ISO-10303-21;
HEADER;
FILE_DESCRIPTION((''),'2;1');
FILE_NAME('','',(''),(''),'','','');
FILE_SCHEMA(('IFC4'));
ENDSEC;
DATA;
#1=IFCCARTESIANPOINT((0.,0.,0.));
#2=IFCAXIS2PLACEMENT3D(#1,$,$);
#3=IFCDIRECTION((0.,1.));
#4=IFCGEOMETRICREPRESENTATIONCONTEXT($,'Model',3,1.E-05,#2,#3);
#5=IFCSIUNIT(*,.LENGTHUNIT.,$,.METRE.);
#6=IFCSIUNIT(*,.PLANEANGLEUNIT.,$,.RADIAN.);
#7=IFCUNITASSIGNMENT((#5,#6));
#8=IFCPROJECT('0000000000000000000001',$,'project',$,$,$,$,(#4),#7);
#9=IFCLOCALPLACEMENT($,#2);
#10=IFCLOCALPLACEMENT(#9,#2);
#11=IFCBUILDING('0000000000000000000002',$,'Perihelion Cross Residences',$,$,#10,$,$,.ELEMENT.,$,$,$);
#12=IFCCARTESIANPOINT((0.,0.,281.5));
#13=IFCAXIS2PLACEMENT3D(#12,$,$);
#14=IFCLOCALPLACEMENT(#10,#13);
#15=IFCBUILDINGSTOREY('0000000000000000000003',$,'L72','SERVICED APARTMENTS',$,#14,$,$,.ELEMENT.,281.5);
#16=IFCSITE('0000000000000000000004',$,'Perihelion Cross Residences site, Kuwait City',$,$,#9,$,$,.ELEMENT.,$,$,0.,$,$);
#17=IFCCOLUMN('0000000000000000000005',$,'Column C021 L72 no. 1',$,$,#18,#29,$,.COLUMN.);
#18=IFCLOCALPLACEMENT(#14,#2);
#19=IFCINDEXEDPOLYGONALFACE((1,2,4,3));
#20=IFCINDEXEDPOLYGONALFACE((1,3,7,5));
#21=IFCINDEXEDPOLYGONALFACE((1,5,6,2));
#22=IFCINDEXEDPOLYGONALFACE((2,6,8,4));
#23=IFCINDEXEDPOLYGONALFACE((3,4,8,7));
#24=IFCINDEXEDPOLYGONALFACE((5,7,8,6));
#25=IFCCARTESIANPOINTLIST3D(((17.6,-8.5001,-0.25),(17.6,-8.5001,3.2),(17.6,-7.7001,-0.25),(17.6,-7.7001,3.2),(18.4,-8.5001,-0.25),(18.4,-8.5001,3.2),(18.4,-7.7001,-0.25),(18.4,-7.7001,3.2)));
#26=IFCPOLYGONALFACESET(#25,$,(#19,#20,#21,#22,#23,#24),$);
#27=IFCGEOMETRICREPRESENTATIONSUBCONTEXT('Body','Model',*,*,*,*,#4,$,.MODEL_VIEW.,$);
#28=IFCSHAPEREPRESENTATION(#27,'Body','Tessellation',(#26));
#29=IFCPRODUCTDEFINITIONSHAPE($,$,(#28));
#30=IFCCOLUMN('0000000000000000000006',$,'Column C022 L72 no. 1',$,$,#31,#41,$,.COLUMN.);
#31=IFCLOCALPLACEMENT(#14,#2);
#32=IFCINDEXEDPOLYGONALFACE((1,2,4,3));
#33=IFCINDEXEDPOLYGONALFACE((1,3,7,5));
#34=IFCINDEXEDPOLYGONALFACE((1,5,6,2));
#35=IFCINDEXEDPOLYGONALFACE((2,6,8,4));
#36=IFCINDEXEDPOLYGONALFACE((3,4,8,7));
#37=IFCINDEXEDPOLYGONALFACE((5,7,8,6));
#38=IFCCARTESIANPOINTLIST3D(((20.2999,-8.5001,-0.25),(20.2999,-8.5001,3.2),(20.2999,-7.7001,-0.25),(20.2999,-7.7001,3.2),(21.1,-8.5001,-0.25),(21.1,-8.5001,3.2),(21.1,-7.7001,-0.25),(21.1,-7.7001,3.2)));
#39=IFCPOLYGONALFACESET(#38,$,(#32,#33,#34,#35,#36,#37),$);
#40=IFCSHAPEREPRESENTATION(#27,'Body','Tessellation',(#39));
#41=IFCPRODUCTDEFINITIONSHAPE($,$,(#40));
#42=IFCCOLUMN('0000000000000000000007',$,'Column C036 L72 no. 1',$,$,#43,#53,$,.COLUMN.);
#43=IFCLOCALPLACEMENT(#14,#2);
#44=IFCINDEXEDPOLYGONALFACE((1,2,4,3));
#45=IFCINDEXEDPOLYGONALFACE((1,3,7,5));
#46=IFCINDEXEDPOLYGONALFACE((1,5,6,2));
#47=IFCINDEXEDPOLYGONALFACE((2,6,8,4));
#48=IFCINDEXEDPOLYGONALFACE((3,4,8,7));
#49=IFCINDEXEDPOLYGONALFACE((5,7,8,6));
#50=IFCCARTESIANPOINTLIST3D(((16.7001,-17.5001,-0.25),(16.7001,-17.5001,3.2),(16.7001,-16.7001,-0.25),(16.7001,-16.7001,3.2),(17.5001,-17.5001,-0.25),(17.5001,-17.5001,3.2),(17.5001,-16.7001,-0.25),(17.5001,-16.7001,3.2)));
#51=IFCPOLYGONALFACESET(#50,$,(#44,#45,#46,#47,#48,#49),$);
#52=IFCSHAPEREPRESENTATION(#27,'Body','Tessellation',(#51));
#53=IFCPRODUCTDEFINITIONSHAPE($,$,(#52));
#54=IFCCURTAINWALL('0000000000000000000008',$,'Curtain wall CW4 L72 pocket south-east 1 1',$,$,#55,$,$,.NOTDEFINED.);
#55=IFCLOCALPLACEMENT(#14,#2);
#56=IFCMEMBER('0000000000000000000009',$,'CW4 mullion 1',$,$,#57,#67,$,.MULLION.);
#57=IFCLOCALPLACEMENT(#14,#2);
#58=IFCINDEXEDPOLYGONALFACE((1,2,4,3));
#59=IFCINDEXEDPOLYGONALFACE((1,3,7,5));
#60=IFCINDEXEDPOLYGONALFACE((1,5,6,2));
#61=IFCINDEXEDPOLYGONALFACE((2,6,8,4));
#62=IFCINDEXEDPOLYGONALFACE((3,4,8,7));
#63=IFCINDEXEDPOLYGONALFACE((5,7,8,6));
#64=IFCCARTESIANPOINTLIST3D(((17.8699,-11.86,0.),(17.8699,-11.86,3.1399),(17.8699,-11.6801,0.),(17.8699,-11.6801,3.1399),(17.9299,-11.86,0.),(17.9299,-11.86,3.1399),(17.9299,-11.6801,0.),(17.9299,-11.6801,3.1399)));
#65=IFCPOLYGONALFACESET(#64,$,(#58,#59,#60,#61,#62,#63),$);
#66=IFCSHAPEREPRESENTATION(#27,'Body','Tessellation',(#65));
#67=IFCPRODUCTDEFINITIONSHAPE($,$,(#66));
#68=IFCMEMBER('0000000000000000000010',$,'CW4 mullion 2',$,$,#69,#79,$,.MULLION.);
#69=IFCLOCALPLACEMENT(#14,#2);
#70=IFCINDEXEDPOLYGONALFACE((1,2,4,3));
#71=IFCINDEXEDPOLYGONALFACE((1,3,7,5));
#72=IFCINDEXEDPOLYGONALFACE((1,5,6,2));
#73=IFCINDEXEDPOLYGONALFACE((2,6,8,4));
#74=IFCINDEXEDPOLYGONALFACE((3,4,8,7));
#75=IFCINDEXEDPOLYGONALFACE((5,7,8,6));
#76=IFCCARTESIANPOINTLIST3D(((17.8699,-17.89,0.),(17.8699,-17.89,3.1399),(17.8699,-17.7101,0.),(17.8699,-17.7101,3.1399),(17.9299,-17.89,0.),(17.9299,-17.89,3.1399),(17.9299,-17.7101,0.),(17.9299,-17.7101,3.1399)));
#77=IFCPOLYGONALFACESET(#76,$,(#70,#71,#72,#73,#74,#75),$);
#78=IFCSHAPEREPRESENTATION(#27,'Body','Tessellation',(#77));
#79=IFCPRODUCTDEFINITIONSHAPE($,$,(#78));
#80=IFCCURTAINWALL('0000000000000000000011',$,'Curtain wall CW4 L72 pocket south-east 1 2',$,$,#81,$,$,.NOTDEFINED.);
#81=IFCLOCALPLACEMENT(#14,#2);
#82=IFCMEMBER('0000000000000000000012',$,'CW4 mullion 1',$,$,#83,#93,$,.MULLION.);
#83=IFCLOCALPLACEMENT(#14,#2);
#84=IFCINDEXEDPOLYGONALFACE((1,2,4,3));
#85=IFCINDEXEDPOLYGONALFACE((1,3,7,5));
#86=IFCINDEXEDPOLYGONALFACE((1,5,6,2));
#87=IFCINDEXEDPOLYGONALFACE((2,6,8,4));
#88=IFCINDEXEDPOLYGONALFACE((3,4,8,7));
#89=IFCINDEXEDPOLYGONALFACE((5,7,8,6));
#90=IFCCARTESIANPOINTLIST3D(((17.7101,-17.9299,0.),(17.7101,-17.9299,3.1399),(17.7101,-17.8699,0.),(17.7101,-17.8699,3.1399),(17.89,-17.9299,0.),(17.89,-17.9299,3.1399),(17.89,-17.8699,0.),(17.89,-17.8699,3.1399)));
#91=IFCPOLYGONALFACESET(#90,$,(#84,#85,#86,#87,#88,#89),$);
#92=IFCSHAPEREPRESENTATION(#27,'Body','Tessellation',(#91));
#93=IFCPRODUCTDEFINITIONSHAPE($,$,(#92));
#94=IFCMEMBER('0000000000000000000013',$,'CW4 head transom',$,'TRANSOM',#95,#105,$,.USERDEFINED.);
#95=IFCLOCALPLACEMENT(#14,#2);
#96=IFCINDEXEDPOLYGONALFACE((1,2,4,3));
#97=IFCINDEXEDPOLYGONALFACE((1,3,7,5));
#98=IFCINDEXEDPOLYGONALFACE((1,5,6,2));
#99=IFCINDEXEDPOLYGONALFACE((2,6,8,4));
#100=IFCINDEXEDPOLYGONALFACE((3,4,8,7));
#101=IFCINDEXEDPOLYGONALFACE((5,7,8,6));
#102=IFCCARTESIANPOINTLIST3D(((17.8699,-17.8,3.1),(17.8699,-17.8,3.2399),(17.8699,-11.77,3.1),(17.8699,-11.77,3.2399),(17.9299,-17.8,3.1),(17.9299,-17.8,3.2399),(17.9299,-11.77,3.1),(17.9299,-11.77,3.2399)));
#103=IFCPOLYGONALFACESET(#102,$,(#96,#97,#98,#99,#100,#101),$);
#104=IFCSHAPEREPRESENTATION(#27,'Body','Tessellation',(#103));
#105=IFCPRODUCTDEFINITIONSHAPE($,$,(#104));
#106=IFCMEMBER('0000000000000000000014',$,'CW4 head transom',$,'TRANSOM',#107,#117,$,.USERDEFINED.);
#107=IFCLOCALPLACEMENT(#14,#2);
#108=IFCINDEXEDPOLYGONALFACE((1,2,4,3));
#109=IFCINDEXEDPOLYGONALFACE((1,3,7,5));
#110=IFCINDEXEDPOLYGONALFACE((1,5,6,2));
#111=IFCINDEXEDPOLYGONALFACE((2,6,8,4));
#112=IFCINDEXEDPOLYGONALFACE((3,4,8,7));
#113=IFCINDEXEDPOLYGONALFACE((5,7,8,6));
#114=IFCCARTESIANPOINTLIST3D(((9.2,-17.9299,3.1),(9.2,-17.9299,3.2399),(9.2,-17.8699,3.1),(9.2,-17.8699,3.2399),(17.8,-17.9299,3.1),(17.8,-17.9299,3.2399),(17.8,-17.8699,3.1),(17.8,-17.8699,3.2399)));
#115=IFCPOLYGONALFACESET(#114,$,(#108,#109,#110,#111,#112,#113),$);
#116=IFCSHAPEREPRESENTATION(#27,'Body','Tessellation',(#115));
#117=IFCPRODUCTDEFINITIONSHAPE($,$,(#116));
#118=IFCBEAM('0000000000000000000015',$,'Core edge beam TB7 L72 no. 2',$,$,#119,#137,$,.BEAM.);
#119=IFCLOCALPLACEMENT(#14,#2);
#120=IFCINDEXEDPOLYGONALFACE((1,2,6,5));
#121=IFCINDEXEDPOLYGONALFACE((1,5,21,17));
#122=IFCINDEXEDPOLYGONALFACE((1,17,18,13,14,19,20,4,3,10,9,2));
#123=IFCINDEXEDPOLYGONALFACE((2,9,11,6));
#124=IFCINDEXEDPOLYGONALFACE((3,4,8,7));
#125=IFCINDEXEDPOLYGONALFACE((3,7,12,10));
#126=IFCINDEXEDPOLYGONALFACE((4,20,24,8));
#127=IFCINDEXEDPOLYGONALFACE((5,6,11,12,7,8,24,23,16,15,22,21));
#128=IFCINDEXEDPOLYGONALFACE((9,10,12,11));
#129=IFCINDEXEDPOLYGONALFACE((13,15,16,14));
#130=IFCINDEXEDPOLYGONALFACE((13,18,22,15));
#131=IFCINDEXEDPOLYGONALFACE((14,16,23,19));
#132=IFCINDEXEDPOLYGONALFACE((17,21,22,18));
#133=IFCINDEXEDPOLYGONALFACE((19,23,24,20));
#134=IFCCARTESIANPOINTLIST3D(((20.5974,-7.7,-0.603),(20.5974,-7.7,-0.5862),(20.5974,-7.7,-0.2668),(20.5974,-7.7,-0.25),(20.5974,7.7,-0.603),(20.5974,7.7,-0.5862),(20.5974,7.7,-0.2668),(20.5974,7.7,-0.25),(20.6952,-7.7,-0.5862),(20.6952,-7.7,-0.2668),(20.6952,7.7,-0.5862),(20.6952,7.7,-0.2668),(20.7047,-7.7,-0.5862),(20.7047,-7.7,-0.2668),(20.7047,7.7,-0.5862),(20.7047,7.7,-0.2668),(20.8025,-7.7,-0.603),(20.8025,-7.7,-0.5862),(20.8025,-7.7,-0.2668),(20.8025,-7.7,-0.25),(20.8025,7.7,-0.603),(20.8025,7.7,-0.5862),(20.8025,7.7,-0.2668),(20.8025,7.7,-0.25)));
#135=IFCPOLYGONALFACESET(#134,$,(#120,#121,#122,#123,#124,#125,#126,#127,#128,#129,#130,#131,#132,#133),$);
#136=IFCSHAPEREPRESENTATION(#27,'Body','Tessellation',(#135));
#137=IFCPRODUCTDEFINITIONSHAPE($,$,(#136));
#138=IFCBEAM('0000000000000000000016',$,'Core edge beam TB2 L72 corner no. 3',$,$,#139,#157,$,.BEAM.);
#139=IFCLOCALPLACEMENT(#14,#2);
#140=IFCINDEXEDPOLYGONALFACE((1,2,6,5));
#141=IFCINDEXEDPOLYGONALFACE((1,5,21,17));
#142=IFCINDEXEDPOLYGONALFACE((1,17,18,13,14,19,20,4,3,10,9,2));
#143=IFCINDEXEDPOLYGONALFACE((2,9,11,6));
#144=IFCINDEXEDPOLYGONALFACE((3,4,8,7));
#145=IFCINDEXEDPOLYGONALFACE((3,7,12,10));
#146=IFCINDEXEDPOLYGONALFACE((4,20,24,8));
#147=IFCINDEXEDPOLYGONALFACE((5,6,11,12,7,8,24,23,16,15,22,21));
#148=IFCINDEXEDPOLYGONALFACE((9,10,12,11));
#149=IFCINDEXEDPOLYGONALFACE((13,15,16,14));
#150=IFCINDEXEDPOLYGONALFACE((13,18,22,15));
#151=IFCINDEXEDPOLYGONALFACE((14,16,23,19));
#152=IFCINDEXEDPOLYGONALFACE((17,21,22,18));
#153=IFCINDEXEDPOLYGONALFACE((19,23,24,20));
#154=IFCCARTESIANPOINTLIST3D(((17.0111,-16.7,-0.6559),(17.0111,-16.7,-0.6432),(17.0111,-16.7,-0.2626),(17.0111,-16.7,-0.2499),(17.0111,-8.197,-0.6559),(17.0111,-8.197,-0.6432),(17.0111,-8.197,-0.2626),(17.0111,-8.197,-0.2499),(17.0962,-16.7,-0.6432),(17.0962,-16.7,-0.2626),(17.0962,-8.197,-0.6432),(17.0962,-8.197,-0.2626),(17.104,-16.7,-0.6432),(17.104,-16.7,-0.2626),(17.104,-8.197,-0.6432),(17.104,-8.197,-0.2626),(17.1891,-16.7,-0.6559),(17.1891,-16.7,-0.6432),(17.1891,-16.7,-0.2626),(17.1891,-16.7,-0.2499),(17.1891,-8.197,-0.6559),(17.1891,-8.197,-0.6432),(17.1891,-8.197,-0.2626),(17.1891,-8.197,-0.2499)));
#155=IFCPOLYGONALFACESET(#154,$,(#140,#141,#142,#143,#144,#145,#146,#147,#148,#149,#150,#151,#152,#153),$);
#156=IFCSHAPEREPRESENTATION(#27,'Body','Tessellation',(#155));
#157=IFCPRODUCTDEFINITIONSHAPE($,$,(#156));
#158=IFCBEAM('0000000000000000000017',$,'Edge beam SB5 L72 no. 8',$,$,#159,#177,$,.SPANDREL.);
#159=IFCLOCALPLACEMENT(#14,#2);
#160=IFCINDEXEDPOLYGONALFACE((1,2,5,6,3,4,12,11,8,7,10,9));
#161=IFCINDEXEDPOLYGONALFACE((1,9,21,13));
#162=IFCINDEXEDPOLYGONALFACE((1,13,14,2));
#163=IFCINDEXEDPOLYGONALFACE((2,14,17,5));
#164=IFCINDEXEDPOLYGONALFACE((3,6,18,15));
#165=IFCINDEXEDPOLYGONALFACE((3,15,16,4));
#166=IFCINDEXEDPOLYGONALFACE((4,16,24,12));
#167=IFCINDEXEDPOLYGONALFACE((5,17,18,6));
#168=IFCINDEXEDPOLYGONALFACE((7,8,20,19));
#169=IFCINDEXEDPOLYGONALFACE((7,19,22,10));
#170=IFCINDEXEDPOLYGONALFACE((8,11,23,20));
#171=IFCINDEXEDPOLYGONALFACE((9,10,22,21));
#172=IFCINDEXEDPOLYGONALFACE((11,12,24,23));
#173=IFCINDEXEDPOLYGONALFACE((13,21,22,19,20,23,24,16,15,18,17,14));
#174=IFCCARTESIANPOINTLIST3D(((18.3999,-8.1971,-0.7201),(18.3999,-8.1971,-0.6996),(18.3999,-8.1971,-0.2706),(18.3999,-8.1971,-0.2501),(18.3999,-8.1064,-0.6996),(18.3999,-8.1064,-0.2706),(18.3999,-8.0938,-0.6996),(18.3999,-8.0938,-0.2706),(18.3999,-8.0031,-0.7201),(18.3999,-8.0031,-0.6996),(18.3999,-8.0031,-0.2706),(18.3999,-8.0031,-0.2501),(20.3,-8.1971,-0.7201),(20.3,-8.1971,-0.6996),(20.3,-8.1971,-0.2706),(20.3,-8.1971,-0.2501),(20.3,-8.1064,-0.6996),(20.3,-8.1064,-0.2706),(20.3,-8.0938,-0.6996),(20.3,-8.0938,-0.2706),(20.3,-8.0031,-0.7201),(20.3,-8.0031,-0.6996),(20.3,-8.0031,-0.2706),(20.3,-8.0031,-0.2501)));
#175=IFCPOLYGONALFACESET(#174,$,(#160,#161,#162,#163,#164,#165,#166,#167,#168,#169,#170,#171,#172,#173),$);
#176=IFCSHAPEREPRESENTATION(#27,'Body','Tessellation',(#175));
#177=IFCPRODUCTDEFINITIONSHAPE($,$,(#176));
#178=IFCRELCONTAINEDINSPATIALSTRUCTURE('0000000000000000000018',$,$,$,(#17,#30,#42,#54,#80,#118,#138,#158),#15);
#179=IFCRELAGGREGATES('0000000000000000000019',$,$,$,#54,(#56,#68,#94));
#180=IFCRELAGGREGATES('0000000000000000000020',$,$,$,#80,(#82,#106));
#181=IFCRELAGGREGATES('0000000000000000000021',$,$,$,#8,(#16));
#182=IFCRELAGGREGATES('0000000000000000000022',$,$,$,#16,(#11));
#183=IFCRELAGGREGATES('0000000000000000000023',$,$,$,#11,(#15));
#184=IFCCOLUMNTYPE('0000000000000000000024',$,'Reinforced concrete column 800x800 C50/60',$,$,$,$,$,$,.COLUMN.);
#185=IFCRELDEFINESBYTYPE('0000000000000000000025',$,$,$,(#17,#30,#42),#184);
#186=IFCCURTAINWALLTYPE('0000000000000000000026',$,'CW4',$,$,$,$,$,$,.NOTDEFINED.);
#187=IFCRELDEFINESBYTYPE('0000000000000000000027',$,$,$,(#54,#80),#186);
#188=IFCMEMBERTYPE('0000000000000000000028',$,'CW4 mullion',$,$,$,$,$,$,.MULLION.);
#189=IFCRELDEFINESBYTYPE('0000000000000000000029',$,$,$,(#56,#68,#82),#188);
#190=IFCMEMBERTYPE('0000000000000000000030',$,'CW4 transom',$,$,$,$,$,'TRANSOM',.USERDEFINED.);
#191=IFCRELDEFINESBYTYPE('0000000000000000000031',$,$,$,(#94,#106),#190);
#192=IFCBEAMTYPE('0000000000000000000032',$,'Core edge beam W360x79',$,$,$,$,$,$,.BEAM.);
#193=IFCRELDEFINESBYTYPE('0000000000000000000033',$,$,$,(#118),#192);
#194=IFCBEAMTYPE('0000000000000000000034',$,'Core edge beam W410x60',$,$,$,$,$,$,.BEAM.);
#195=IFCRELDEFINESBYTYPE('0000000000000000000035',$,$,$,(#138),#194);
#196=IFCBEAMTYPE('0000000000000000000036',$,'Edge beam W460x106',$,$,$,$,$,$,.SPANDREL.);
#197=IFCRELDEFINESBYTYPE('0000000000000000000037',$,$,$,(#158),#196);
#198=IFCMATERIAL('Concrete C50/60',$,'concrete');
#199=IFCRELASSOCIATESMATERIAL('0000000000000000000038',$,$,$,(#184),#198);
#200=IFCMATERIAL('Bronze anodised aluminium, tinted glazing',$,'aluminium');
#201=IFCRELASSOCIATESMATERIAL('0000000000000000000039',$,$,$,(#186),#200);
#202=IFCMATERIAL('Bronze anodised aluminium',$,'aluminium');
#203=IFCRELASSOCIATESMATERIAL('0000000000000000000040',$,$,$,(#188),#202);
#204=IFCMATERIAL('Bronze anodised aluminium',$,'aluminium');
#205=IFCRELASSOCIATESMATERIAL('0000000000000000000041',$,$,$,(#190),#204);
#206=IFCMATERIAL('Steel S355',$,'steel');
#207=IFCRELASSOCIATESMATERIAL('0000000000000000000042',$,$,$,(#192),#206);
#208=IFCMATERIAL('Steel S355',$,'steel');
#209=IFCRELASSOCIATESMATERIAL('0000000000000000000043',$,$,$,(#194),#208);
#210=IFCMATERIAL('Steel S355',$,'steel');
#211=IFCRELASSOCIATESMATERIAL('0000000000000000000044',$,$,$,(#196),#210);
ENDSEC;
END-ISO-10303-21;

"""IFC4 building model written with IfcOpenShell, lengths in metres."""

from ifc_helpers import new_model, si_unit, direction, frame, origin, origin_2d, place, context, subcontext, project, spatial, rectangle, i_section, extrude, material, material_profile, profile_set, type_object, element, aggregate, save


model = new_model("IFC4")

# Units and contexts
model_context = context("Model", 3, precision=1e-05, world=origin(), true_north=direction((0.0, 1.0)))
body_context = subcontext(model_context, "Body", "Model", "MODEL_VIEW")
ifc_project = project(units=[si_unit("LENGTHUNIT", "METRE"), si_unit("PLANEANGLEUNIT", "RADIAN")], contexts=[model_context])

# Site, building, storey
site_placement = place(None, origin())
site = spatial("IfcSite", under=ifc_project, at=site_placement, Name="Perihelion Cross Residences site, Kuwait City", CompositionType="ELEMENT", RefElevation=0.0)
building_placement = place(site_placement, origin())
building = spatial("IfcBuilding", under=site, at=building_placement, Name="Perihelion Cross Residences", CompositionType="ELEMENT")
storey_placement = place(building_placement, frame((0.0, 0.0, 281.5)))
storey = spatial("IfcBuildingStorey", under=building, at=storey_placement, Name="L72", Description="SERVICED APARTMENTS", CompositionType="ELEMENT", Elevation=281.5)

# Columns
ifc_material_1 = material(Name="Concrete C50/60", Category="concrete")
ifc_material_profile_1 = material_profile(ifc_material_1, rectangle(XDim=0.8, YDim=0.8, at=origin_2d()), Name="RC 800x800")
ifc_profile_set_1 = profile_set([ifc_material_profile_1], Name="Concrete C50/60")
column_type = type_object("IfcColumnType", Name="Reinforced concrete column 800x800 C50/60", PredefinedType="COLUMN", material=ifc_profile_set_1)
for number, where, z_axis, x_axis, name in (
    (1, (18.0, -8.1001, -0.25), (0.0, 0.0, 1.0), (1.0, 0.0, 0.0), "Column C021 L72 no. 1"),
    (2, (20.7, -8.1001, -0.25), (0.0, 0.0, 1.0), (1.0, 0.0, 0.0), "Column C022 L72 no. 1"),
    (3, (17.1001, -17.1001, -0.25), (0.0, 0.0, 1.0), (1.0, 0.0, 0.0), "Column C036 L72 no. 1"),
):
    element("IfcColumn", number, at=place(storey_placement, frame(where, z_axis=z_axis, x_axis=x_axis)), inside=storey, type_object=column_type, Name=name, PredefinedType="COLUMN", context=body_context, shape_type="SweptSolid", body=[
        extrude(rectangle(XDim=0.8, YDim=0.8, at=origin_2d()), origin(), (0.0, 0.0, 1.0), 3.45),
    ])

# Curtain wall, members
ifc_material_2 = material(Name="Bronze anodised aluminium, tinted glazing", Category="aluminium")
curtain_wall_type = type_object("IfcCurtainWallType", Name="CW4", PredefinedType="NOTDEFINED", material=ifc_material_2)
curtain_wall_1_placement = place(storey_placement, origin())
curtain_wall_1 = element("IfcCurtainWall", 4, at=curtain_wall_1_placement, inside=storey, type_object=curtain_wall_type, Name="Curtain wall CW4 L72 pocket south-east 1 1", PredefinedType="NOTDEFINED")
ifc_material_3 = material(Name="Bronze anodised aluminium", Category="aluminium")
ifc_material_profile_2 = material_profile(ifc_material_3, rectangle(XDim=0.0601, YDim=0.1799, at=origin_2d()), Name="CW4 mullion")
ifc_profile_set_2 = profile_set([ifc_material_profile_2], Name="Bronze anodised aluminium")
member_type_1 = type_object("IfcMemberType", Name="CW4 mullion", PredefinedType="MULLION", material=ifc_profile_set_2)
member_1_placement = place(storey_placement, frame((17.8999, -11.77, 0.0), z_axis=(0.0, 0.0, 1.0), x_axis=(1.0, 0.0, 0.0)))
member_1 = element("IfcMember", 5, at=member_1_placement, type_object=member_type_1, Name="CW4 mullion 1", PredefinedType="MULLION", context=body_context, shape_type="SweptSolid", body=[
    extrude(rectangle(XDim=0.0601, YDim=0.1799, at=origin_2d()), origin(), (0.0, 0.0, 1.0), 3.1399),
])
member_2_placement = place(storey_placement, frame((17.8999, -17.8, 0.0), z_axis=(0.0, 0.0, 1.0), x_axis=(1.0, 0.0, 0.0)))
member_2 = element("IfcMember", 6, at=member_2_placement, type_object=member_type_1, Name="CW4 mullion 2", PredefinedType="MULLION", context=body_context, shape_type="SweptSolid", body=[
    extrude(rectangle(XDim=0.0601, YDim=0.1799, at=origin_2d()), origin(), (0.0, 0.0, 1.0), 3.1399),
])

# Curtain wall, member
curtain_wall_2_placement = place(storey_placement, origin())
curtain_wall_2 = element("IfcCurtainWall", 7, at=curtain_wall_2_placement, inside=storey, type_object=curtain_wall_type, Name="Curtain wall CW4 L72 pocket south-east 1 2", PredefinedType="NOTDEFINED")
member_3_placement = place(storey_placement, frame((17.8, -17.8999, 0.0), z_axis=(0.0, 0.0, 1.0), x_axis=(0.0, -1.0, 0.0)))
member_3 = element("IfcMember", 8, at=member_3_placement, type_object=member_type_1, Name="CW4 mullion 1", PredefinedType="MULLION", context=body_context, shape_type="SweptSolid", body=[
    extrude(rectangle(XDim=0.0601, YDim=0.1799, at=origin_2d()), origin(), (0.0, 0.0, 1.0), 3.1399),
])

# Members
ifc_material_4 = material(Name="Bronze anodised aluminium", Category="aluminium")
ifc_material_profile_3 = material_profile(ifc_material_4, rectangle(XDim=0.0601, YDim=0.1399, at=origin_2d()), Name="CW4 transom")
ifc_profile_set_3 = profile_set([ifc_material_profile_3], Name="Bronze anodised aluminium")
member_type_2 = type_object("IfcMemberType", Name="CW4 transom", ElementType="TRANSOM", PredefinedType="USERDEFINED", material=ifc_profile_set_3)
member_4_placement = place(storey_placement, frame((17.8999, -11.77, 3.1699), z_axis=(0.0, -1.0, 0.0), x_axis=(1.0, 0.0, 0.0)))
member_4 = element("IfcMember", 9, at=member_4_placement, type_object=member_type_2, Name="CW4 head transom", ObjectType="TRANSOM", PredefinedType="USERDEFINED", context=body_context, shape_type="SweptSolid", body=[
    extrude(rectangle(XDim=0.0601, YDim=0.1399, at=origin_2d()), origin(), (0.0, 0.0, 1.0), 6.03),
])
member_5_placement = place(storey_placement, frame((17.8, -17.8999, 3.1699), z_axis=(-1.0, 0.0, 0.0), x_axis=(0.0, -1.0, 0.0)))
member_5 = element("IfcMember", 10, at=member_5_placement, type_object=member_type_2, Name="CW4 head transom", ObjectType="TRANSOM", PredefinedType="USERDEFINED", context=body_context, shape_type="SweptSolid", body=[
    extrude(rectangle(XDim=0.0601, YDim=0.1399, at=origin_2d()), origin(), (0.0, 0.0, 1.0), 8.6001),
])

# Beams
ifc_material_5 = material(Name="Steel S355", Category="steel")
ifc_material_profile_4 = material_profile(ifc_material_5, i_section(OverallWidth=0.2051, OverallDepth=0.353, WebThickness=0.0095, FlangeThickness=0.0168, at=origin_2d()), Name="W360x79")
ifc_profile_set_4 = profile_set([ifc_material_profile_4], Name="Steel S355")
beam_type_1 = type_object("IfcBeamType", Name="Core edge beam W360x79", PredefinedType="BEAM", material=ifc_profile_set_4)
beam_1_placement = place(storey_placement, frame((20.7, -7.7, -0.4265), z_axis=(0.0, 1.0, 0.0), x_axis=(-1.0, 0.0, 0.0)))
element("IfcBeam", 11, at=beam_1_placement, inside=storey, type_object=beam_type_1, Name="Core edge beam TB7 L72 no. 2", PredefinedType="BEAM", context=body_context, shape_type="SweptSolid", body=[
    extrude(i_section(OverallWidth=0.2051, OverallDepth=0.353, WebThickness=0.0095, FlangeThickness=0.0168, at=origin_2d()), origin(), (0.0, 0.0, 1.0), 15.3999),
])
ifc_material_6 = material(Name="Steel S355", Category="steel")
ifc_material_profile_5 = material_profile(ifc_material_6, i_section(OverallWidth=0.178, OverallDepth=0.406, WebThickness=0.0078, FlangeThickness=0.0127, at=origin_2d()), Name="W410x60")
ifc_profile_set_5 = profile_set([ifc_material_profile_5], Name="Steel S355")
beam_type_2 = type_object("IfcBeamType", Name="Core edge beam W410x60", PredefinedType="BEAM", material=ifc_profile_set_5)
beam_2_placement = place(storey_placement, frame((17.1001, -8.197, -0.4529), z_axis=(0.0, -1.0, 0.0), x_axis=(1.0, 0.0, 0.0)))
element("IfcBeam", 12, at=beam_2_placement, inside=storey, type_object=beam_type_2, Name="Core edge beam TB2 L72 corner no. 3", PredefinedType="BEAM", context=body_context, shape_type="SweptSolid", body=[
    extrude(i_section(OverallWidth=0.178, OverallDepth=0.406, WebThickness=0.0078, FlangeThickness=0.0127, at=origin_2d()), origin(), (0.0, 0.0, 1.0), 8.5029),
])
ifc_material_7 = material(Name="Steel S355", Category="steel")
ifc_material_profile_6 = material_profile(ifc_material_7, i_section(OverallWidth=0.1941, OverallDepth=0.47, WebThickness=0.0127, FlangeThickness=0.0205, at=origin_2d()), Name="W460x106")
ifc_profile_set_6 = profile_set([ifc_material_profile_6], Name="Steel S355")
beam_type_3 = type_object("IfcBeamType", Name="Edge beam W460x106", PredefinedType="SPANDREL", material=ifc_profile_set_6)
beam_3_placement = place(storey_placement, frame((18.3999, -8.1001, -0.4851), z_axis=(1.0, 0.0, 0.0), x_axis=(0.0, 1.0, 0.0)))
element("IfcBeam", 13, at=beam_3_placement, inside=storey, type_object=beam_type_3, Name="Edge beam SB5 L72 no. 8", PredefinedType="SPANDREL", context=body_context, shape_type="SweptSolid", body=[
    extrude(i_section(OverallWidth=0.1941, OverallDepth=0.47, WebThickness=0.0127, FlangeThickness=0.0205, at=origin_2d()), origin(), (0.0, 0.0, 1.0), 1.9001),
])

aggregate(curtain_wall_1, [member_1, member_2, member_4])
aggregate(curtain_wall_2, [member_3, member_5])

save(model, "model.ifc")
